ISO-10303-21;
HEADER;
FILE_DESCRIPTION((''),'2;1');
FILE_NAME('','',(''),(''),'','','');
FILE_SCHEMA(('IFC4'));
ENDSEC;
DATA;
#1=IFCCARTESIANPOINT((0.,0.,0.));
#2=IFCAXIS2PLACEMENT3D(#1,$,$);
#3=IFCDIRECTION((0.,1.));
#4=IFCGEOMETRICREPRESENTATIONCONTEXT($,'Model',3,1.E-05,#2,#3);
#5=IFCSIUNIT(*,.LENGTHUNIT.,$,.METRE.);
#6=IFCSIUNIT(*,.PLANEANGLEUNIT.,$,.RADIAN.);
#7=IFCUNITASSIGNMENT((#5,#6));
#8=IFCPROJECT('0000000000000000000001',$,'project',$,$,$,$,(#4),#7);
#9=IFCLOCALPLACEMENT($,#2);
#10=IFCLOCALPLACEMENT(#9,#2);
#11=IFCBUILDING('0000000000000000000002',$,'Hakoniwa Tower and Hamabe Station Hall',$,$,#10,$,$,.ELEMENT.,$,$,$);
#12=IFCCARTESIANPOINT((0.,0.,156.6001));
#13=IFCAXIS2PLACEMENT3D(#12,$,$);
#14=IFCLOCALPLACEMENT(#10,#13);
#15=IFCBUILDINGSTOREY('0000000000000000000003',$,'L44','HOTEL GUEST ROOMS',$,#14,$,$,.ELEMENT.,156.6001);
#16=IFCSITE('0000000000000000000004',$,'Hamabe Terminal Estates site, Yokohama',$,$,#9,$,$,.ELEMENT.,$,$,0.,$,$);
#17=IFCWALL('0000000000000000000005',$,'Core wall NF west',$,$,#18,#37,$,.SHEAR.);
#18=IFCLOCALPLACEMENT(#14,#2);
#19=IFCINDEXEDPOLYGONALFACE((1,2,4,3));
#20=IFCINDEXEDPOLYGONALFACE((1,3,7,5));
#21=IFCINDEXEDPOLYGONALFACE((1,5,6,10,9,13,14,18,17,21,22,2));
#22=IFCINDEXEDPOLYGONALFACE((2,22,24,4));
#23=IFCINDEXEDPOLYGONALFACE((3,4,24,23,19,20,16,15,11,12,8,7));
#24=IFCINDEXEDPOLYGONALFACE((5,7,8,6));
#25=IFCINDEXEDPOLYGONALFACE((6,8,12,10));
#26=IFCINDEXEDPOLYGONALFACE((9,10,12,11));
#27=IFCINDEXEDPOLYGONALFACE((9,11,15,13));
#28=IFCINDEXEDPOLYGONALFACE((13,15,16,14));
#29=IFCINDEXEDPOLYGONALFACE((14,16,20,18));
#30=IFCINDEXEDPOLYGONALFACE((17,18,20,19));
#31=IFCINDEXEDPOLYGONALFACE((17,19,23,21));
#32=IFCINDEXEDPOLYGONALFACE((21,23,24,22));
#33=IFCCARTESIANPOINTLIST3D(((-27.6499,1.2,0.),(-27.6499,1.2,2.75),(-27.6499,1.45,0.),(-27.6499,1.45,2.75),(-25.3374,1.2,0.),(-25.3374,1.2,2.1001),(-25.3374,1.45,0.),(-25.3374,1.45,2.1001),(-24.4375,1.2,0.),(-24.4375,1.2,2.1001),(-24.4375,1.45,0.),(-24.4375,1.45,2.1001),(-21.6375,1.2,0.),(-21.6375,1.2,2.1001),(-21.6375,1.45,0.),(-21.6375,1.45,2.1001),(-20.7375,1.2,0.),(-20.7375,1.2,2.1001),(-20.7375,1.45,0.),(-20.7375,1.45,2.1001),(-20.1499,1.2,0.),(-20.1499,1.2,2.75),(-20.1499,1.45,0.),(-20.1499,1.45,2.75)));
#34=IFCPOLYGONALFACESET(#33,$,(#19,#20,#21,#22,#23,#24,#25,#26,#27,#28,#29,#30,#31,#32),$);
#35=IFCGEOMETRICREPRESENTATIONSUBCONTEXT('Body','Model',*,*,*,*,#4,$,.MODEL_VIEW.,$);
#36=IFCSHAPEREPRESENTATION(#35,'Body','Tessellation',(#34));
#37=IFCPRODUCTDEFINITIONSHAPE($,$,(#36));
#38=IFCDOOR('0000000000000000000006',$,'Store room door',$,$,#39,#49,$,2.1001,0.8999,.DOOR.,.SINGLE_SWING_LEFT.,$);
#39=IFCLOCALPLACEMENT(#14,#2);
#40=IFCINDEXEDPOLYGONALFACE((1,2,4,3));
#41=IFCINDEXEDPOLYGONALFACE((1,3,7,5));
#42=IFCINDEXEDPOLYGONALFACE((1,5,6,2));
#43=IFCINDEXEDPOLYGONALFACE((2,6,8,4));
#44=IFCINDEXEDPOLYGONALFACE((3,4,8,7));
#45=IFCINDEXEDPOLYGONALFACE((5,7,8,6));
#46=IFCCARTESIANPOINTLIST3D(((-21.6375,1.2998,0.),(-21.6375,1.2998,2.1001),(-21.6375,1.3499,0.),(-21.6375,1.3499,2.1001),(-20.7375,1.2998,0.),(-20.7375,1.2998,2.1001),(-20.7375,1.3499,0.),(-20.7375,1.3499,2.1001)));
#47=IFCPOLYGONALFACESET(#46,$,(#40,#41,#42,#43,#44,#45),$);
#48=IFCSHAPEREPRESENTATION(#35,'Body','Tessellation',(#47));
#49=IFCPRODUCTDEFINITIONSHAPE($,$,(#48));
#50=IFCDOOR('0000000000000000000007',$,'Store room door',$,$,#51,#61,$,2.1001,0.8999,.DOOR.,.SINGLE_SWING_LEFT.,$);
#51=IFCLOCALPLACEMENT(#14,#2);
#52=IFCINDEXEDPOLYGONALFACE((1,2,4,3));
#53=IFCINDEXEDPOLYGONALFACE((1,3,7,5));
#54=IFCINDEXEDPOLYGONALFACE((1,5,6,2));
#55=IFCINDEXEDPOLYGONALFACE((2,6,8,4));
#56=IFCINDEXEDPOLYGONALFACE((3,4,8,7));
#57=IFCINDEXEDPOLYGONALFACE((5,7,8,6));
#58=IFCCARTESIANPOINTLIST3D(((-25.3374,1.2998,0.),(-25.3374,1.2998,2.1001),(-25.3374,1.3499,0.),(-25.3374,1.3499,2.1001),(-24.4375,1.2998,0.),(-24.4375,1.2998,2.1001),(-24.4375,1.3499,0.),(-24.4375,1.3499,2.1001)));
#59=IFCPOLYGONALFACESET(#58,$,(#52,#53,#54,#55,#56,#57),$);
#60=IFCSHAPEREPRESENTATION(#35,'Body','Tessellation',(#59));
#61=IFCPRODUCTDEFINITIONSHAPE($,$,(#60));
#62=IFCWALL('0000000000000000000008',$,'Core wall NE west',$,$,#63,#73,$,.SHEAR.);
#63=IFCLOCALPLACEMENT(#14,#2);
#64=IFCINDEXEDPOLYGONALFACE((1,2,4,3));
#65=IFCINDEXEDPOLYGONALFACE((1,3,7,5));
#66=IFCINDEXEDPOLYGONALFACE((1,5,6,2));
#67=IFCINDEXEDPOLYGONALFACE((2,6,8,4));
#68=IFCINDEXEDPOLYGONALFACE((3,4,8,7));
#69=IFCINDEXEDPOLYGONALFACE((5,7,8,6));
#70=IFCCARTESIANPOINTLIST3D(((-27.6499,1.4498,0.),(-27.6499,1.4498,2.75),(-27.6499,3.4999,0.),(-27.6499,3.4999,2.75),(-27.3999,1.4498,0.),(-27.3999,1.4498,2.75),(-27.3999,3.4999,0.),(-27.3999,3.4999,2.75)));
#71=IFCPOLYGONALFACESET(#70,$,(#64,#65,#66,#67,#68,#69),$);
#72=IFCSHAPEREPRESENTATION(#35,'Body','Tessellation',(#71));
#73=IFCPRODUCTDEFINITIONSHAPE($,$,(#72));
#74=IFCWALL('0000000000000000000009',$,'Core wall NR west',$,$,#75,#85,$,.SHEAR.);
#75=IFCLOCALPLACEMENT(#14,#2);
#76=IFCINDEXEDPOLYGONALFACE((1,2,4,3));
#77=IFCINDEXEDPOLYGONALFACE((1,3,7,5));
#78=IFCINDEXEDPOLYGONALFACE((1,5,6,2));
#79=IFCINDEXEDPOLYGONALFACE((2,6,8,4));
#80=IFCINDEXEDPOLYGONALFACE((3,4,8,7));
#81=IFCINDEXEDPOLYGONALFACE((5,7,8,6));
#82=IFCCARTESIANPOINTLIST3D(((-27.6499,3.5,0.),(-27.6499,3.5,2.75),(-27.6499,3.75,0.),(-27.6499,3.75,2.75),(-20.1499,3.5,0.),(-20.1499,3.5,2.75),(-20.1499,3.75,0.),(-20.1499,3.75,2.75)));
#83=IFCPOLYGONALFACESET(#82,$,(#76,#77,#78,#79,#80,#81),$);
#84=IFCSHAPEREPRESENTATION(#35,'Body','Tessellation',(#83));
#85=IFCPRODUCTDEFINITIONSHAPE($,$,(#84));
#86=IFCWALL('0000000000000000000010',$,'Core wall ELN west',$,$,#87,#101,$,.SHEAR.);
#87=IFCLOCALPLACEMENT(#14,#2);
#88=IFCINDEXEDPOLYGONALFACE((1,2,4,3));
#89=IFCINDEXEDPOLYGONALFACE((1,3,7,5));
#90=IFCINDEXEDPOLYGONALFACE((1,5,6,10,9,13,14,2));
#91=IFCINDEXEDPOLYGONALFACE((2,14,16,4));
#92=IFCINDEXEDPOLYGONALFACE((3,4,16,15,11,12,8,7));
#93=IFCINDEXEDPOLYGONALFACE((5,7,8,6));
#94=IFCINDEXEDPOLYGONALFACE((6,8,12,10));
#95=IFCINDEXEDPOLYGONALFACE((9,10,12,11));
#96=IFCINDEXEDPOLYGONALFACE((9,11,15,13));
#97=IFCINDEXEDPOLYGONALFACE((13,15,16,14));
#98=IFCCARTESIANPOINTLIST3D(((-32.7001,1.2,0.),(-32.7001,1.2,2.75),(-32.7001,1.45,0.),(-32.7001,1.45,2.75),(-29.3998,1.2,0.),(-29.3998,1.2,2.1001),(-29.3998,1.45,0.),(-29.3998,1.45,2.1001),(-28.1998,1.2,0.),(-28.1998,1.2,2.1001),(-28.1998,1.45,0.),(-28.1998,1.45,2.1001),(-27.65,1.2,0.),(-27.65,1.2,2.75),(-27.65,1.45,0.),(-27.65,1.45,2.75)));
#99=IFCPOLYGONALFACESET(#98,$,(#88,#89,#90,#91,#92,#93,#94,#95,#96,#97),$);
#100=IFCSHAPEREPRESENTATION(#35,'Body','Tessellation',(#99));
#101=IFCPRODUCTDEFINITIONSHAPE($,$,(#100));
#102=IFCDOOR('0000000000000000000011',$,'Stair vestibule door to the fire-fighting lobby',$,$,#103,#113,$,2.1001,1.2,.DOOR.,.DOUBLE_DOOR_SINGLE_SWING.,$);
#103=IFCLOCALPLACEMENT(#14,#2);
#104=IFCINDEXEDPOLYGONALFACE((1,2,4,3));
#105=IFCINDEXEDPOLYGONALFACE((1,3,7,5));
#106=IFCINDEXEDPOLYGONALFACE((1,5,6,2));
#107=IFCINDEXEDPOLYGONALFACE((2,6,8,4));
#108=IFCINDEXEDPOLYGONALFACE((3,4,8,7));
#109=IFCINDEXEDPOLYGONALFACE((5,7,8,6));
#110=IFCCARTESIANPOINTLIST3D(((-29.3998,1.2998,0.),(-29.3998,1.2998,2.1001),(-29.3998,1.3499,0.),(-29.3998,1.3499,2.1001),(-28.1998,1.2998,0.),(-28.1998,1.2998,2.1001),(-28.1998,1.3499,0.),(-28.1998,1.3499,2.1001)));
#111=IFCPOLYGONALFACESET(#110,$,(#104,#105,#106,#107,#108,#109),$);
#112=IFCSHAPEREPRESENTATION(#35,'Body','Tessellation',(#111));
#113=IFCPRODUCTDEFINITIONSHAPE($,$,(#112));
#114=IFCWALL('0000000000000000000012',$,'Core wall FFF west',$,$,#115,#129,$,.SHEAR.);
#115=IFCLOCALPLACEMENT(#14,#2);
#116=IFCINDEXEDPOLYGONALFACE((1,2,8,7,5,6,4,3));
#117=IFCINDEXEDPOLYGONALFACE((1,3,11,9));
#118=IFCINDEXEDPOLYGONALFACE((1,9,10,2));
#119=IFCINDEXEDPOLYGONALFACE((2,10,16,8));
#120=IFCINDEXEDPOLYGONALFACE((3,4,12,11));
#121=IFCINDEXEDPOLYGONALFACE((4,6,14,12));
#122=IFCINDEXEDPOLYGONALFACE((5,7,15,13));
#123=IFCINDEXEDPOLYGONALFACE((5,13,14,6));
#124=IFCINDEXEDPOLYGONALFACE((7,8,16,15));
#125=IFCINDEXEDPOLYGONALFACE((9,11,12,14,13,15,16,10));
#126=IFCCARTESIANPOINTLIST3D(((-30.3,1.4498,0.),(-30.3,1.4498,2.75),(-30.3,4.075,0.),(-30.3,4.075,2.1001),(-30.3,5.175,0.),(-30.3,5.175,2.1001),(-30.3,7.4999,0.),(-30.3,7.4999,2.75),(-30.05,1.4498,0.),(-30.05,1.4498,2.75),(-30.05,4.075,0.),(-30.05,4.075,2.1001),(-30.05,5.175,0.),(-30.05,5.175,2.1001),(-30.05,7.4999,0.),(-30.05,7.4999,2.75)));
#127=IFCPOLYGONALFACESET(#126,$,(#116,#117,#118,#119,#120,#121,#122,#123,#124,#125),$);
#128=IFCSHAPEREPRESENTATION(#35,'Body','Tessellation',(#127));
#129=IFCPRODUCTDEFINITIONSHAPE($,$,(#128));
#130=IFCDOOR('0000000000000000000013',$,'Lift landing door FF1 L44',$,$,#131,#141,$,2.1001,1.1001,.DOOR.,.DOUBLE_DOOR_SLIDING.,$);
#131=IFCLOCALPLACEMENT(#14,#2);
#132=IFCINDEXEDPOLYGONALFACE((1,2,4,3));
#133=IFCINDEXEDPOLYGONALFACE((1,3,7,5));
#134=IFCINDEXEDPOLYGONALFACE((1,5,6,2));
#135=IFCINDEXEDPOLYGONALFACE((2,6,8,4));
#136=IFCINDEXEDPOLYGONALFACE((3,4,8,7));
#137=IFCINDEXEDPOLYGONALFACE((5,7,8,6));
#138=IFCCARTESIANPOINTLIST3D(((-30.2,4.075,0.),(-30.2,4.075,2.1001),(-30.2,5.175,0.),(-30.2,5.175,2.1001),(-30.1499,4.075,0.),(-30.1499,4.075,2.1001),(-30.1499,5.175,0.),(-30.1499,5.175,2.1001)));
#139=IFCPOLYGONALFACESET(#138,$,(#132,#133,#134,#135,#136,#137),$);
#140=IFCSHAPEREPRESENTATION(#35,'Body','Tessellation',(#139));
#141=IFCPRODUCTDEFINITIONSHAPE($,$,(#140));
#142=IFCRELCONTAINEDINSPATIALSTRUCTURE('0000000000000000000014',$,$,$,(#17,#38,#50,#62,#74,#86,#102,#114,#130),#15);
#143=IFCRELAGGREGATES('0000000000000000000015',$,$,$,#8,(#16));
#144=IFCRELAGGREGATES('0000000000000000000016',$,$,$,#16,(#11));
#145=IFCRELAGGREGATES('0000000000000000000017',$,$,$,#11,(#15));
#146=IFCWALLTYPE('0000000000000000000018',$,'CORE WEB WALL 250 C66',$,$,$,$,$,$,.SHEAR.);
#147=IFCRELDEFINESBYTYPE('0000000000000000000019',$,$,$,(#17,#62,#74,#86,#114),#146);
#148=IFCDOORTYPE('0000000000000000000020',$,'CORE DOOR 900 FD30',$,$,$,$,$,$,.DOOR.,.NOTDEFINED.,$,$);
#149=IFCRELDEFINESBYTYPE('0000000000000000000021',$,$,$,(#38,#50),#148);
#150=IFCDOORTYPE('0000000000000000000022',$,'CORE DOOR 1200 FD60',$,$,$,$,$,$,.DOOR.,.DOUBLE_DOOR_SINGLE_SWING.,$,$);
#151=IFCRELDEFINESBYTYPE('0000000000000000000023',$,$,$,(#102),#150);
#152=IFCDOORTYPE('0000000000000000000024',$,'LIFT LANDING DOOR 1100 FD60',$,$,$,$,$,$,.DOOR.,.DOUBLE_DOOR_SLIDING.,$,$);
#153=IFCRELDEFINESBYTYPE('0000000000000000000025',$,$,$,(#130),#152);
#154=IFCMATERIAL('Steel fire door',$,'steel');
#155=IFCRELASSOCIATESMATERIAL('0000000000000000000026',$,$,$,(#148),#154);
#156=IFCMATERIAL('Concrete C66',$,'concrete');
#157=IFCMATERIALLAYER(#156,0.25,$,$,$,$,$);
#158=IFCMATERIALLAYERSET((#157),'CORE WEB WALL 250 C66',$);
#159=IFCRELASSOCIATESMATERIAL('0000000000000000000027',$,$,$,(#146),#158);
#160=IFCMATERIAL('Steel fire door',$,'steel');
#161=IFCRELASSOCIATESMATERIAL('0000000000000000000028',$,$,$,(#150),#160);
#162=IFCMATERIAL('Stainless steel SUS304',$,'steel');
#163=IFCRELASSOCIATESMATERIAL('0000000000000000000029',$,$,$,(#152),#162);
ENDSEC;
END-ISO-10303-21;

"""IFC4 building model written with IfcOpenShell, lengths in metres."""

from ifc_helpers import new_model, si_unit, direction, frame, frame_2d, origin, place, context, subcontext, project, spatial, rectangle, extrude, material, layer, layer_set, type_object, element, fill, save


model = new_model("IFC4")

# Units and contexts
model_context = context("Model", 3, precision=1e-05, world=origin(), true_north=direction((0.0, 1.0)))
body_context = subcontext(model_context, "Body", "Model", "MODEL_VIEW")
ifc_project = project(units=[si_unit("LENGTHUNIT", "METRE"), si_unit("PLANEANGLEUNIT", "RADIAN")], contexts=[model_context])

# Site, building, storey
site_placement = place(None, origin())
site = spatial("IfcSite", under=ifc_project, at=site_placement, Name="Hamabe Terminal Estates site, Yokohama", CompositionType="ELEMENT", RefElevation=0.0)
building_placement = place(site_placement, origin())
building = spatial("IfcBuilding", under=site, at=building_placement, Name="Hakoniwa Tower and Hamabe Station Hall", CompositionType="ELEMENT")
storey_placement = place(building_placement, frame((0.0, 0.0, 156.6001)))
storey = spatial("IfcBuildingStorey", under=building, at=storey_placement, Name="L44", Description="HOTEL GUEST ROOMS", CompositionType="ELEMENT", Elevation=156.6001)

# Shared definitions
ifc_material_1 = material(Name="Steel fire door", Category="steel")
door_type_1 = type_object("IfcDoorType", Name="CORE DOOR 900 FD30", OperationType="NOTDEFINED", PredefinedType="DOOR", material=ifc_material_1)

# Wall, openings, doors
ifc_material_2 = material(Name="Concrete C66", Category="concrete")
ifc_layer_1 = layer(ifc_material_2, 0.25)
ifc_layer_set_1 = layer_set([ifc_layer_1], Name="CORE WEB WALL 250 C66")
wall_type_1 = type_object("IfcWallType", Name="CORE WEB WALL 250 C66", PredefinedType="SHEAR", material=ifc_layer_set_1)
wall_1_placement = place(storey_placement, frame((-27.6499, 1.325, 0.0), z_axis=(0.0, 0.0, 1.0), x_axis=(1.0, 0.0, 0.0)))
wall_1 = element("IfcWall", 1, at=wall_1_placement, inside=storey, type_object=wall_type_1, Name="Core wall NF west", PredefinedType="SHEAR", context=body_context, shape_type="SweptSolid", body=[
    extrude(rectangle(XDim=7.5, YDim=0.25, at=frame_2d((3.75, 0.0))), origin(), (0.0, 0.0, 1.0), 2.75),
])
opening_1_placement = place(wall_1_placement, frame((6.0125, 0.0, 0.0)))
opening_1 = element("IfcOpeningElement", 2, at=opening_1_placement, cuts=wall_1, PredefinedType="OPENING", context=body_context, shape_type="SweptSolid", body=[
    extrude(rectangle(XDim=0.8999, YDim=2.1001, at=frame_2d((0.45, 1.05))), frame((0.0, 0.135, 0.0), z_axis=(0.0, -1.0, 0.0), x_axis=(1.0, 0.0, 0.0)), (0.0, 0.0, 1.0), 0.27),
])
opening_2_placement = place(wall_1_placement, frame((2.3125, 0.0, 0.0)))
opening_2 = element("IfcOpeningElement", 3, at=opening_2_placement, cuts=wall_1, PredefinedType="OPENING", context=body_context, shape_type="SweptSolid", body=[
    extrude(rectangle(XDim=0.8999, YDim=2.1001, at=frame_2d((0.45, 1.05))), frame((0.0, 0.135, 0.0), z_axis=(0.0, -1.0, 0.0), x_axis=(1.0, 0.0, 0.0)), (0.0, 0.0, 1.0), 0.27),
])
door_1_placement = place(opening_1_placement, origin())
door_1 = element("IfcDoor", 4, at=door_1_placement, inside=storey, type_object=door_type_1, Name="Store room door", OperationType="SINGLE_SWING_LEFT", OverallHeight=2.1001, OverallWidth=0.8999, PredefinedType="DOOR", context=body_context, shape_type="SweptSolid", body=[
    extrude(rectangle(XDim=0.8999, YDim=2.1001, at=frame_2d((0.45, 1.05))), frame((0.0, 0.0249, 0.0), z_axis=(0.0, -1.0, 0.0), x_axis=(1.0, 0.0, 0.0)), (0.0, 0.0, 1.0), 0.05),
])
fill(opening_1, door_1)
door_2_placement = place(opening_2_placement, origin())
door_2 = element("IfcDoor", 5, at=door_2_placement, inside=storey, type_object=door_type_1, Name="Store room door", OperationType="SINGLE_SWING_LEFT", OverallHeight=2.1001, OverallWidth=0.8999, PredefinedType="DOOR", context=body_context, shape_type="SweptSolid", body=[
    extrude(rectangle(XDim=0.8999, YDim=2.1001, at=frame_2d((0.45, 1.05))), frame((0.0, 0.0249, 0.0), z_axis=(0.0, -1.0, 0.0), x_axis=(1.0, 0.0, 0.0)), (0.0, 0.0, 1.0), 0.05),
])
fill(opening_2, door_2)

# Walls
wall_2_placement = place(storey_placement, frame((-27.5249, 1.45, 0.0), z_axis=(0.0, 0.0, 1.0), x_axis=(0.0, 1.0, 0.0)))
element("IfcWall", 6, at=wall_2_placement, inside=storey, type_object=wall_type_1, Name="Core wall NE west", PredefinedType="SHEAR", context=body_context, shape_type="SweptSolid", body=[
    extrude(rectangle(XDim=2.05, YDim=0.25, at=frame_2d((1.0249, 0.0))), origin(), (0.0, 0.0, 1.0), 2.75),
])
wall_3_placement = place(storey_placement, frame((-27.6499, 3.625, 0.0), z_axis=(0.0, 0.0, 1.0), x_axis=(1.0, 0.0, 0.0)))
element("IfcWall", 7, at=wall_3_placement, inside=storey, type_object=wall_type_1, Name="Core wall NR west", PredefinedType="SHEAR", context=body_context, shape_type="SweptSolid", body=[
    extrude(rectangle(XDim=7.5, YDim=0.25, at=frame_2d((3.75, 0.0))), origin(), (0.0, 0.0, 1.0), 2.75),
])

# Walls, openings, doors
wall_4_placement = place(storey_placement, frame((-32.7, 1.325, 0.0), z_axis=(0.0, 0.0, 1.0), x_axis=(1.0, 0.0, 0.0)))
wall_4 = element("IfcWall", 8, at=wall_4_placement, inside=storey, type_object=wall_type_1, Name="Core wall ELN west", PredefinedType="SHEAR", context=body_context, shape_type="SweptSolid", body=[
    extrude(rectangle(XDim=5.05, YDim=0.25, at=frame_2d((2.5249, 0.0))), origin(), (0.0, 0.0, 1.0), 2.75),
])
opening_3_placement = place(wall_4_placement, frame((3.3, 0.0, 0.0)))
opening_3 = element("IfcOpeningElement", 9, at=opening_3_placement, cuts=wall_4, PredefinedType="OPENING", context=body_context, shape_type="SweptSolid", body=[
    extrude(rectangle(XDim=1.2, YDim=2.1001, at=frame_2d((0.6001, 1.05))), frame((0.0, 0.135, 0.0), z_axis=(0.0, -1.0, 0.0), x_axis=(1.0, 0.0, 0.0)), (0.0, 0.0, 1.0), 0.27),
])
ifc_material_3 = material(Name="Steel fire door", Category="steel")
door_type_2 = type_object("IfcDoorType", Name="CORE DOOR 1200 FD60", OperationType="DOUBLE_DOOR_SINGLE_SWING", PredefinedType="DOOR", material=ifc_material_3)
door_3_placement = place(opening_3_placement, origin())
door_3 = element("IfcDoor", 10, at=door_3_placement, inside=storey, type_object=door_type_2, Name="Stair vestibule door to the fire-fighting lobby", OperationType="DOUBLE_DOOR_SINGLE_SWING", OverallHeight=2.1001, OverallWidth=1.2, PredefinedType="DOOR", context=body_context, shape_type="SweptSolid", body=[
    extrude(rectangle(XDim=1.2, YDim=2.1001, at=frame_2d((0.6001, 1.05))), frame((0.0, 0.0249, 0.0), z_axis=(0.0, -1.0, 0.0), x_axis=(1.0, 0.0, 0.0)), (0.0, 0.0, 1.0), 0.05),
])
fill(opening_3, door_3)
wall_5_placement = place(storey_placement, frame((-30.175, 1.45, 0.0), z_axis=(0.0, 0.0, 1.0), x_axis=(0.0, 1.0, 0.0)))
wall_5 = element("IfcWall", 11, at=wall_5_placement, inside=storey, type_object=wall_type_1, Name="Core wall FFF west", PredefinedType="SHEAR", context=body_context, shape_type="SweptSolid", body=[
    extrude(rectangle(XDim=6.05, YDim=0.25, at=frame_2d((3.0249, 0.0))), origin(), (0.0, 0.0, 1.0), 2.75),
])
opening_4_placement = place(wall_5_placement, frame((2.625, 0.0, 0.0)))
opening_4 = element("IfcOpeningElement", 12, at=opening_4_placement, cuts=wall_5, PredefinedType="OPENING", context=body_context, shape_type="SweptSolid", body=[
    extrude(rectangle(XDim=1.1001, YDim=2.1001, at=frame_2d((0.55, 1.05))), frame((0.0, 0.135, 0.0), z_axis=(0.0, -1.0, 0.0), x_axis=(1.0, 0.0, 0.0)), (0.0, 0.0, 1.0), 0.27),
])
ifc_material_4 = material(Name="Stainless steel SUS304", Category="steel")
door_type_3 = type_object("IfcDoorType", Name="LIFT LANDING DOOR 1100 FD60", OperationType="DOUBLE_DOOR_SLIDING", PredefinedType="DOOR", material=ifc_material_4)
door_4_placement = place(opening_4_placement, origin())
door_4 = element("IfcDoor", 13, at=door_4_placement, inside=storey, type_object=door_type_3, Name="Lift landing door FF1 L44", OperationType="DOUBLE_DOOR_SLIDING", OverallHeight=2.1001, OverallWidth=1.1001, PredefinedType="DOOR", context=body_context, shape_type="SweptSolid", body=[
    extrude(rectangle(XDim=1.1001, YDim=2.1001, at=frame_2d((0.55, 1.05))), frame((0.0, 0.0249, 0.0), z_axis=(0.0, -1.0, 0.0), x_axis=(1.0, 0.0, 0.0)), (0.0, 0.0, 1.0), 0.05),
])
fill(opening_4, door_4)

save(model, "model.ifc")
